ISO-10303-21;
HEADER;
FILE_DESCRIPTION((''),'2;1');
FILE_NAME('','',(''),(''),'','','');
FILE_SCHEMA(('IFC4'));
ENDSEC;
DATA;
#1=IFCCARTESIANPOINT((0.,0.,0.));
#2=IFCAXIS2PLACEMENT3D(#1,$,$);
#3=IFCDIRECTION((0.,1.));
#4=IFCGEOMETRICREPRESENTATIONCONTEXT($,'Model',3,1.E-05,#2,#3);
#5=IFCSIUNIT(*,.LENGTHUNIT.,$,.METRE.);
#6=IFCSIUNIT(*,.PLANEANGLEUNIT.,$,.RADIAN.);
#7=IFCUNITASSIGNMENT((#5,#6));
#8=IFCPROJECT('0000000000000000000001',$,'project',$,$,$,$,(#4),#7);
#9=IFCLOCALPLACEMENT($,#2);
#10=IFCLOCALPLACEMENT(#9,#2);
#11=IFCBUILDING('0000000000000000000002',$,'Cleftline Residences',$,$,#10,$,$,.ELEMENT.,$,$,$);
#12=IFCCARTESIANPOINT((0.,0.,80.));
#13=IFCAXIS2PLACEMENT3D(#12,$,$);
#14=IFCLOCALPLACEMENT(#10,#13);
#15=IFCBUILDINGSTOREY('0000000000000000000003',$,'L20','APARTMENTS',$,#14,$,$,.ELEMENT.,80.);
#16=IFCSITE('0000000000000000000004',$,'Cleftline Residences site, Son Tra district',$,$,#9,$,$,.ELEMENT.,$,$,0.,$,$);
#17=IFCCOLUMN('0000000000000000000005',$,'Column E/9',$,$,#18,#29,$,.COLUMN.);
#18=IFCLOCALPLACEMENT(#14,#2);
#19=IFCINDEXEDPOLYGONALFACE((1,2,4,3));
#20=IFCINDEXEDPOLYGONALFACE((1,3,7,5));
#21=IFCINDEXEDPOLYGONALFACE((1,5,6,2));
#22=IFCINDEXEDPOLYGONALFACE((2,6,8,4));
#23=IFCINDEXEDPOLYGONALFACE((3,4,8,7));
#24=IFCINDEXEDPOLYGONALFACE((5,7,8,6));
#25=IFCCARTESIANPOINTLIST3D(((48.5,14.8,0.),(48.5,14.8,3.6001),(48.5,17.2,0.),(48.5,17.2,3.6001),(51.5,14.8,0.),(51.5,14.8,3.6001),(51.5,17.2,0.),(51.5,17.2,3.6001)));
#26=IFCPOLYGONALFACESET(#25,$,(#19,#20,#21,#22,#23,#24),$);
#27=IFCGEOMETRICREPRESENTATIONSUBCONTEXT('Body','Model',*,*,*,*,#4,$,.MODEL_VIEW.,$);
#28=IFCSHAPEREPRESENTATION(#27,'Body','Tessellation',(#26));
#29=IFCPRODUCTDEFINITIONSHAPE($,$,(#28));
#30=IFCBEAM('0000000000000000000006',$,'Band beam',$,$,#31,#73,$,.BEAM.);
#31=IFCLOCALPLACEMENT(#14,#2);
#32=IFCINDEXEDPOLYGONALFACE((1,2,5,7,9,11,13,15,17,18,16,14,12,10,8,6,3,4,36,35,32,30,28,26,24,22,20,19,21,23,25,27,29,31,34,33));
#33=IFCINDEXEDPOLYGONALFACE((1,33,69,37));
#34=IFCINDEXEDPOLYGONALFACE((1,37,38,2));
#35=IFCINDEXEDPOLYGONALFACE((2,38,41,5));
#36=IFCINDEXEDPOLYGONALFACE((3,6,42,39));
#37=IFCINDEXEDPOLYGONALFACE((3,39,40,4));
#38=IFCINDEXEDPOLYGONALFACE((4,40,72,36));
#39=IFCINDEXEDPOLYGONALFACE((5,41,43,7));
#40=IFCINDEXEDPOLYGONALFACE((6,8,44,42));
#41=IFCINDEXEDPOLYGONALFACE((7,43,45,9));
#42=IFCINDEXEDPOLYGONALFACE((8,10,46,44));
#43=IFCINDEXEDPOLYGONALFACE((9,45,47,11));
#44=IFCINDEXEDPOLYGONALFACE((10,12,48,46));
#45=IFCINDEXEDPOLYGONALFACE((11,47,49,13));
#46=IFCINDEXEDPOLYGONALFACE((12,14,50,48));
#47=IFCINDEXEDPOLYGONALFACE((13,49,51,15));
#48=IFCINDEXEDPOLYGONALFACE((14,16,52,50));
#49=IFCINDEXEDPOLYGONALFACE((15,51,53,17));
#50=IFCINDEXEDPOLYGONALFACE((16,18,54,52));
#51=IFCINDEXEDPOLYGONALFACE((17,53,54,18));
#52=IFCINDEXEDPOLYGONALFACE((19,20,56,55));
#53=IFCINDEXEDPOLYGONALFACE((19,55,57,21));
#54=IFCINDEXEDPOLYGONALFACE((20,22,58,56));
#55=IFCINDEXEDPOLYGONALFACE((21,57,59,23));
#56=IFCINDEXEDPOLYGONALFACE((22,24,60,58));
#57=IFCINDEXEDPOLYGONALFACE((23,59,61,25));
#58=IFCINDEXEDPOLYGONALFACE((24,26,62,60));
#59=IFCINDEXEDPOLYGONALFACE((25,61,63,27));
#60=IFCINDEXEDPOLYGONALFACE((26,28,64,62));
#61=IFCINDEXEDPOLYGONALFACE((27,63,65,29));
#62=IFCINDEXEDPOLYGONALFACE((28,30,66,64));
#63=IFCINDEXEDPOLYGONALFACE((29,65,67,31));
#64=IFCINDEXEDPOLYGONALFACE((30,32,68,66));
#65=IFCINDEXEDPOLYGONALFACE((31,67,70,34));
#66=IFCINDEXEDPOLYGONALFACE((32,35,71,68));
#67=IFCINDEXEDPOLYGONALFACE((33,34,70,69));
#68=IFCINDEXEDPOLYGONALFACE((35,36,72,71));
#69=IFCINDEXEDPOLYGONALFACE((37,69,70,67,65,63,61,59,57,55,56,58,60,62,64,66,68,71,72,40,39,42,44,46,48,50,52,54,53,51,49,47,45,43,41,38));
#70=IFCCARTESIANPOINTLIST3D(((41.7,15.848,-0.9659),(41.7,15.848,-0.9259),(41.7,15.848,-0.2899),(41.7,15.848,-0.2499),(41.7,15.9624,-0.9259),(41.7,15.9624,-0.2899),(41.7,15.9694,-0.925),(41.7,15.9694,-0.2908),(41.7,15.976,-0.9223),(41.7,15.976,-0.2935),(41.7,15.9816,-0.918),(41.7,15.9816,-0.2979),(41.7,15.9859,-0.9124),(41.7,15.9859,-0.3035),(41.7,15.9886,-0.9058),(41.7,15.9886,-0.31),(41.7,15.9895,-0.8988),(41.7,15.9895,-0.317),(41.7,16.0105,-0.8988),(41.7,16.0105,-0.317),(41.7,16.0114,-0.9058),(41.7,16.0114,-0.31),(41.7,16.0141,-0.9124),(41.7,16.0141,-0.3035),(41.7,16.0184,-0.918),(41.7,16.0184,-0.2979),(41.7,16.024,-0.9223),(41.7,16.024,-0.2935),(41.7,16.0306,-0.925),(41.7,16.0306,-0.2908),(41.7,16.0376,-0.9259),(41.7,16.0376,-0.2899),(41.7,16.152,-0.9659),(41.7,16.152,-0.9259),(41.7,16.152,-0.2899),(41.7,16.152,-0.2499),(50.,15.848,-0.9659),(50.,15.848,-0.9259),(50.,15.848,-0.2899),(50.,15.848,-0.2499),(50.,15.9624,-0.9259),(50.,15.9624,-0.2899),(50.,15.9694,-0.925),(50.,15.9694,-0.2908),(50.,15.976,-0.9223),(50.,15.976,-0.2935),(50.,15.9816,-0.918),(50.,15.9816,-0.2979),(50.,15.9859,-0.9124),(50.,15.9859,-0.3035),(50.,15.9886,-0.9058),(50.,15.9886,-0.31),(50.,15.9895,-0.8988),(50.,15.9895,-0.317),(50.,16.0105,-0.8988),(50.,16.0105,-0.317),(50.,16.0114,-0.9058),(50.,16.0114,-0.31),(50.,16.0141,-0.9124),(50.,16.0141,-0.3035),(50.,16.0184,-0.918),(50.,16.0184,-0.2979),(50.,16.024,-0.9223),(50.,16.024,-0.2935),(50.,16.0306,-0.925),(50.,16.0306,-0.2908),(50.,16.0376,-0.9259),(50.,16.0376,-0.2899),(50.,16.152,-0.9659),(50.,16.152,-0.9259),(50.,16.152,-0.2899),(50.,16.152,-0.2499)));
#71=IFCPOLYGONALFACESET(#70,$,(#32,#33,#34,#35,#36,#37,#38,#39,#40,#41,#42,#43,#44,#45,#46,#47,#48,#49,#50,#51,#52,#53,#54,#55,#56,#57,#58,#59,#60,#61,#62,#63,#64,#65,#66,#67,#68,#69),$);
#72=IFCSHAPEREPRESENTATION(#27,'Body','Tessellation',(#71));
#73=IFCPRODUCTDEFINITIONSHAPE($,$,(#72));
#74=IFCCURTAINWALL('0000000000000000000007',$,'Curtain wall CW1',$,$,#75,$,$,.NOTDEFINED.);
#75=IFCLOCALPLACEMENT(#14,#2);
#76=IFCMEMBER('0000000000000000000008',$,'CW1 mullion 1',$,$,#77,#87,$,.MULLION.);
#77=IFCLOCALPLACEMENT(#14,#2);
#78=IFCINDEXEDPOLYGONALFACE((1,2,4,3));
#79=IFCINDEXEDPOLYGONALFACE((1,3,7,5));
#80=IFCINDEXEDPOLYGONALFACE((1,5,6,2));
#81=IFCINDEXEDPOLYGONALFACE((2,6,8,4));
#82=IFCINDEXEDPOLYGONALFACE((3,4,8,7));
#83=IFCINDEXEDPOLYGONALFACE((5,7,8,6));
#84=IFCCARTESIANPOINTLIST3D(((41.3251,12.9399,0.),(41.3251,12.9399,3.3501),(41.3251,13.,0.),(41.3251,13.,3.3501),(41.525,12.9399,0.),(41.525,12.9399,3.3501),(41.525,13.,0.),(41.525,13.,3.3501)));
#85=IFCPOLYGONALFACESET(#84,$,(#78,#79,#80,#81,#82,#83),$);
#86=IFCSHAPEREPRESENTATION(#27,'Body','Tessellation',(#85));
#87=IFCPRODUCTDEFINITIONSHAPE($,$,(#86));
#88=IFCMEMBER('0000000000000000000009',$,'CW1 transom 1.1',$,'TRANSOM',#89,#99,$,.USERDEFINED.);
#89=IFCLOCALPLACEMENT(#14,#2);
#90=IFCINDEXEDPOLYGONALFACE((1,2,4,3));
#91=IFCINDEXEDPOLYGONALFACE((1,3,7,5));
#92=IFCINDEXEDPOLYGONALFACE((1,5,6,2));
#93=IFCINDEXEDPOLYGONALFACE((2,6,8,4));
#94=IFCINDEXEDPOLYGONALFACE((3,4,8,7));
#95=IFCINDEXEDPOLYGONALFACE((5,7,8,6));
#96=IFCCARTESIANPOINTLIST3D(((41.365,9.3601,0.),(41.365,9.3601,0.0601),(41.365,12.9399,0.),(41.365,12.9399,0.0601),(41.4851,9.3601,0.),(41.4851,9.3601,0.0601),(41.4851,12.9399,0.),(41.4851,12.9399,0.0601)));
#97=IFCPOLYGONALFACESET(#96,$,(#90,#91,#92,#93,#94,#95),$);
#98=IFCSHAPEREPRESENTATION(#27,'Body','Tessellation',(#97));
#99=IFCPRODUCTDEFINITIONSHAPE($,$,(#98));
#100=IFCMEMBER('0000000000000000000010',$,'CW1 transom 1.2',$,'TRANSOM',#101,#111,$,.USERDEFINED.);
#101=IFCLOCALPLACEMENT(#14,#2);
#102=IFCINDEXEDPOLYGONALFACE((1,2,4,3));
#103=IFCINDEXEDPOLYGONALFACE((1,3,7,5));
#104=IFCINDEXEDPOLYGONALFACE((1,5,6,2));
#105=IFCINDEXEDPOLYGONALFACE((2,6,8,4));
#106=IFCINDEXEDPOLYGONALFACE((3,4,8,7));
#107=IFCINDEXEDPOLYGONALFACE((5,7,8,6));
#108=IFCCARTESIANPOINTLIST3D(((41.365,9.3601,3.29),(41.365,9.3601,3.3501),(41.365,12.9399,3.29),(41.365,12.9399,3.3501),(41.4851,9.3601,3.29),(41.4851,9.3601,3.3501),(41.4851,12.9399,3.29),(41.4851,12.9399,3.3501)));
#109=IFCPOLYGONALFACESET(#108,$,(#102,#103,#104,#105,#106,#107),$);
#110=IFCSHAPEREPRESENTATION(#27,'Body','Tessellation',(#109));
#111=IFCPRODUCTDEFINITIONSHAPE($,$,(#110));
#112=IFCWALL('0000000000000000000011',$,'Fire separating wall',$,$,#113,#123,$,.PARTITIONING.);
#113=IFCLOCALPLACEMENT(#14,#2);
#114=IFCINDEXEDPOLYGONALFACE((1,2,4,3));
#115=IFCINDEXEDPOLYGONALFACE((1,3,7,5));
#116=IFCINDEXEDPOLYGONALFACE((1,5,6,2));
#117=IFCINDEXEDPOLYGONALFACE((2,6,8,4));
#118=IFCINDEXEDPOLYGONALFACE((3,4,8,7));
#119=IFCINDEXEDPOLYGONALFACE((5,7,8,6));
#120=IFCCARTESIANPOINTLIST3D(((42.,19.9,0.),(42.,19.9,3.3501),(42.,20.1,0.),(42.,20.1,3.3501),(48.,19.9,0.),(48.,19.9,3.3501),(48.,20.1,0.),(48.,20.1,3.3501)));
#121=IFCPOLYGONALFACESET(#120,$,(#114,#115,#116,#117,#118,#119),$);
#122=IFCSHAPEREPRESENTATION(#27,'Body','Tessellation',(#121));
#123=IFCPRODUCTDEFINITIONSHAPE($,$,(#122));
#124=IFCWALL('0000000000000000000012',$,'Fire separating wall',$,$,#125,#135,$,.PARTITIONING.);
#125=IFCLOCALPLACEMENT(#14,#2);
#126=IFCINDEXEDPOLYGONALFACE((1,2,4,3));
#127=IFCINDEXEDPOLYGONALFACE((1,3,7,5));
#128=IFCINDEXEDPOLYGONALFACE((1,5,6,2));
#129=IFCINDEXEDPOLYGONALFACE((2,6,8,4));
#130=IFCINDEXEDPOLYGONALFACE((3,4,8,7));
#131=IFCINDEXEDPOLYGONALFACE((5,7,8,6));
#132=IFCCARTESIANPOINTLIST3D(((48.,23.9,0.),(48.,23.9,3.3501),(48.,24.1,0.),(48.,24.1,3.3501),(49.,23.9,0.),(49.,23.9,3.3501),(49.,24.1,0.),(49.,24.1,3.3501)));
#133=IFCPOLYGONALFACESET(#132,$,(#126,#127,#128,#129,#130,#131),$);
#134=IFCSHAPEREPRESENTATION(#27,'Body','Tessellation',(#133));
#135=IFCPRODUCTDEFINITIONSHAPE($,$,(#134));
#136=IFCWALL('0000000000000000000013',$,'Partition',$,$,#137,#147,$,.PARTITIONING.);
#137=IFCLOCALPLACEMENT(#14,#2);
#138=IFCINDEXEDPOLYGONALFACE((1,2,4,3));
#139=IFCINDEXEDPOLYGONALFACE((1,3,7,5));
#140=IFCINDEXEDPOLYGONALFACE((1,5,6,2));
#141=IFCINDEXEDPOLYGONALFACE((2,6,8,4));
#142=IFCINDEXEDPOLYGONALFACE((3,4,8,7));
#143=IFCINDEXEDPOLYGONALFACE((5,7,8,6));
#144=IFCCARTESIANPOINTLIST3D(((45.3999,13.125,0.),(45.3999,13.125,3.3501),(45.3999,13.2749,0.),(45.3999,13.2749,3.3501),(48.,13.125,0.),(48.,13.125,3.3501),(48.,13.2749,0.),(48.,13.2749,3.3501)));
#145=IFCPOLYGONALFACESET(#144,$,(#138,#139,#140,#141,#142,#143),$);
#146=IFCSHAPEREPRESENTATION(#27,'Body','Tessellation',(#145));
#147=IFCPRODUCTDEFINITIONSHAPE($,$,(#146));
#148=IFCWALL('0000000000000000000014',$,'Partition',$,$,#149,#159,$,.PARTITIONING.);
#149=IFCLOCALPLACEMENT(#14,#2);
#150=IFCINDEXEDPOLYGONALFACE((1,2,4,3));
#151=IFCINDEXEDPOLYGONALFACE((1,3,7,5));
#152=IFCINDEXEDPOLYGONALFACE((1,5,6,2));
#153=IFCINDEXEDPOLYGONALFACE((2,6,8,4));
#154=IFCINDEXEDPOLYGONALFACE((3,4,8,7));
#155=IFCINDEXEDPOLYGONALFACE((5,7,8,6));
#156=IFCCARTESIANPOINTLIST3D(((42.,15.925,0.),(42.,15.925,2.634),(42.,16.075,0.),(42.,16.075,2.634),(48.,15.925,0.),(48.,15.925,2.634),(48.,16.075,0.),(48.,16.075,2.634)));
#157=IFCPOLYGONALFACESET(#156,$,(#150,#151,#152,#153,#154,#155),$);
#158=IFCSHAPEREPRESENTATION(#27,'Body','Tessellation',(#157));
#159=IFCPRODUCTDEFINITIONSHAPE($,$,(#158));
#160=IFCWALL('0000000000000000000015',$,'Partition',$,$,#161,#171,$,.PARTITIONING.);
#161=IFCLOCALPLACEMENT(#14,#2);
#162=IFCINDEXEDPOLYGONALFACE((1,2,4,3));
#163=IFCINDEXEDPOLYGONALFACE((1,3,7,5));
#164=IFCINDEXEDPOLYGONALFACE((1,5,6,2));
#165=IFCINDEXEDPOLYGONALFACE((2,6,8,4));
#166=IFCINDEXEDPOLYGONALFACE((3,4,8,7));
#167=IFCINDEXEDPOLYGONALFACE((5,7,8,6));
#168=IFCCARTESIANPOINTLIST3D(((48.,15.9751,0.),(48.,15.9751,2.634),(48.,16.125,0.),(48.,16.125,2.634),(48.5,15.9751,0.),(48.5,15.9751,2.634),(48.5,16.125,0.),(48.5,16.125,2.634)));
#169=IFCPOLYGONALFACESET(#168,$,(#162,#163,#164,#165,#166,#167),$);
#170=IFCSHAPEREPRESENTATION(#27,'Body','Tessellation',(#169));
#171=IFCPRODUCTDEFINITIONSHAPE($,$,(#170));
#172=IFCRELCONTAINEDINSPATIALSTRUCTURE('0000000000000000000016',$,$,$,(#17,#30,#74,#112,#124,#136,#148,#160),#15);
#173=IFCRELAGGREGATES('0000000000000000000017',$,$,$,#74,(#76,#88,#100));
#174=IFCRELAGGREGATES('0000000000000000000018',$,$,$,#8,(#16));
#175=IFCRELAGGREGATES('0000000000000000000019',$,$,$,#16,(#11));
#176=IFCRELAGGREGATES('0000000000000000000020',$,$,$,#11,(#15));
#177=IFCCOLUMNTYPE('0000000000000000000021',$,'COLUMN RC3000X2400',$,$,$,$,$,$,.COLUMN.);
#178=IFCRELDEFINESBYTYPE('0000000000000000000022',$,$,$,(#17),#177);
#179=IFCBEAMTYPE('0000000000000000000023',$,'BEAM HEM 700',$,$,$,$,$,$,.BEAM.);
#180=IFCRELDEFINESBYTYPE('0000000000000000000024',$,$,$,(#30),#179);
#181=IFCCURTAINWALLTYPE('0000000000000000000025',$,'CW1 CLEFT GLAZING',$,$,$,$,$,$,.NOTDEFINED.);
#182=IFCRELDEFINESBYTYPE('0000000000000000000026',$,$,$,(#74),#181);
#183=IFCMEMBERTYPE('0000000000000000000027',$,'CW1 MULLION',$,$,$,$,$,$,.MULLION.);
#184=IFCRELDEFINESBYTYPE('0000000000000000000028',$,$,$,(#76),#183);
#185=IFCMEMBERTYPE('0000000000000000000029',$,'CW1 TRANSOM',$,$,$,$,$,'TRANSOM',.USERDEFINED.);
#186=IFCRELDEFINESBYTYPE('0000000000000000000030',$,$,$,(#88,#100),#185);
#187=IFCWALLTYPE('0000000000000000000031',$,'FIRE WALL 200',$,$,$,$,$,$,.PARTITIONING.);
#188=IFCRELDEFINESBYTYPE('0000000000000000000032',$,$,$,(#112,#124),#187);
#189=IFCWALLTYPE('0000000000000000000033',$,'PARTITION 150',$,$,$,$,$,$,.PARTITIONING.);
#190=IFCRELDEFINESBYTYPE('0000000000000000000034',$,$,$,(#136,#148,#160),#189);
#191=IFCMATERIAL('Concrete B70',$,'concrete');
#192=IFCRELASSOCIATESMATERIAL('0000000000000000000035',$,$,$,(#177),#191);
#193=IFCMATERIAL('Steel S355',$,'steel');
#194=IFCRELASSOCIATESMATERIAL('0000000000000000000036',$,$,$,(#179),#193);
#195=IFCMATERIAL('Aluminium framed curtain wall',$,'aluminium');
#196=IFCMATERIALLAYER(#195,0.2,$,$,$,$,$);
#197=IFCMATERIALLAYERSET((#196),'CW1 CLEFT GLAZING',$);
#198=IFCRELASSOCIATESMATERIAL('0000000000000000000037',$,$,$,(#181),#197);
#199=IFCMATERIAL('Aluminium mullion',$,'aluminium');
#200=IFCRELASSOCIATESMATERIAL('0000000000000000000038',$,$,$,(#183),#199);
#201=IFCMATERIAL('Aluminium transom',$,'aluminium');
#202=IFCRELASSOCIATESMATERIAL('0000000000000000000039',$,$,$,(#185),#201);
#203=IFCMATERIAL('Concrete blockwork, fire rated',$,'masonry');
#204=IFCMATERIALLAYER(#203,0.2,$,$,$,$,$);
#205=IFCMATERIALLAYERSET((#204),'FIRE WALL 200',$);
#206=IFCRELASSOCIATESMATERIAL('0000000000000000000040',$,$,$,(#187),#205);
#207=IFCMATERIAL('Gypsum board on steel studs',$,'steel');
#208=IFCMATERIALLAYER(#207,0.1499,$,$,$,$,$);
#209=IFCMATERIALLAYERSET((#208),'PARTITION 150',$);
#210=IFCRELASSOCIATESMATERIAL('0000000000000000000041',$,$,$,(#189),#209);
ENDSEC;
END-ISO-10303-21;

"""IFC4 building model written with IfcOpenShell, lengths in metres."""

from ifc_helpers import new_model, si_unit, direction, frame, frame_2d, origin, origin_2d, place, context, subcontext, project, spatial, rectangle, i_section, extrude, material, layer, layer_set, material_profile, profile_set, type_object, element, aggregate, save


model = new_model("IFC4")

# Units and contexts
model_context = context("Model", 3, precision=1e-05, world=origin(), true_north=direction((0.0, 1.0)))
body_context = subcontext(model_context, "Body", "Model", "MODEL_VIEW")
ifc_project = project(units=[si_unit("LENGTHUNIT", "METRE"), si_unit("PLANEANGLEUNIT", "RADIAN")], contexts=[model_context])

# Site, building, storey
site_placement = place(None, origin())
site = spatial("IfcSite", under=ifc_project, at=site_placement, Name="Cleftline Residences site, Son Tra district", CompositionType="ELEMENT", RefElevation=0.0)
building_placement = place(site_placement, origin())
building = spatial("IfcBuilding", under=site, at=building_placement, Name="Cleftline Residences", CompositionType="ELEMENT")
storey_placement = place(building_placement, frame((0.0, 0.0, 80.0)))
storey = spatial("IfcBuildingStorey", under=building, at=storey_placement, Name="L20", Description="APARTMENTS", CompositionType="ELEMENT", Elevation=80.0)

# Column
ifc_material_1 = material(Name="Concrete B70", Category="concrete")
ifc_material_profile_1 = material_profile(ifc_material_1, rectangle(XDim=3.0, YDim=2.3999, at=origin_2d()))
ifc_profile_set_1 = profile_set([ifc_material_profile_1], Name="Concrete B70")
column_type = type_object("IfcColumnType", Name="COLUMN RC3000X2400", PredefinedType="COLUMN", material=ifc_profile_set_1)
column_placement = place(storey_placement, frame((50.0, 16.0, 0.0), z_axis=(0.0, 0.0, 1.0), x_axis=(1.0, 0.0, 0.0)))
element("IfcColumn", 1, at=column_placement, inside=storey, type_object=column_type, Name="Column E/9", PredefinedType="COLUMN", context=body_context, shape_type="SweptSolid", body=[
    extrude(rectangle(XDim=3.0, YDim=2.3999, at=origin_2d()), origin(), (0.0, 0.0, 1.0), 3.6001),
])

# Beam
ifc_material_2 = material(Name="Steel S355", Category="steel")
ifc_material_profile_2 = material_profile(ifc_material_2, i_section(OverallWidth=0.304, OverallDepth=0.7161, WebThickness=0.021, FlangeThickness=0.04, FilletRadius=0.0271, at=origin_2d()))
ifc_profile_set_2 = profile_set([ifc_material_profile_2], Name="Steel S355")
beam_type = type_object("IfcBeamType", Name="BEAM HEM 700", PredefinedType="BEAM", material=ifc_profile_set_2)
beam_placement = place(storey_placement, frame((50.0, 16.0, -0.6079), z_axis=(-1.0, 0.0, 0.0), x_axis=(0.0, -1.0, 0.0)))
element("IfcBeam", 2, at=beam_placement, inside=storey, type_object=beam_type, Name="Band beam", PredefinedType="BEAM", context=body_context, shape_type="SweptSolid", body=[
    extrude(i_section(OverallWidth=0.304, OverallDepth=0.7161, WebThickness=0.021, FlangeThickness=0.04, FilletRadius=0.0271, at=origin_2d()), origin(), (0.0, 0.0, 1.0), 8.3),
])

# Curtain wall, members
ifc_material_3 = material(Name="Aluminium framed curtain wall", Category="aluminium")
ifc_layer_1 = layer(ifc_material_3, 0.2)
ifc_layer_set_1 = layer_set([ifc_layer_1], Name="CW1 CLEFT GLAZING")
curtain_wall_type = type_object("IfcCurtainWallType", Name="CW1 CLEFT GLAZING", PredefinedType="NOTDEFINED", material=ifc_layer_set_1)
curtain_wall_placement = place(storey_placement, origin())
curtain_wall = element("IfcCurtainWall", 3, at=curtain_wall_placement, inside=storey, type_object=curtain_wall_type, Name="Curtain wall CW1", PredefinedType="NOTDEFINED")
ifc_material_4 = material(Name="Aluminium mullion", Category="aluminium")
ifc_material_profile_3 = material_profile(ifc_material_4, rectangle(XDim=0.2, YDim=0.0601, at=origin_2d()))
ifc_profile_set_3 = profile_set([ifc_material_profile_3], Name="Aluminium mullion")
member_type_1 = type_object("IfcMemberType", Name="CW1 MULLION", PredefinedType="MULLION", material=ifc_profile_set_3)
member_1_placement = place(storey_placement, frame((41.425, 12.97, 0.0), z_axis=(0.0, 0.0, 1.0), x_axis=(1.0, 0.0, 0.0)))
member_1 = element("IfcMember", 4, at=member_1_placement, type_object=member_type_1, Name="CW1 mullion 1", PredefinedType="MULLION", context=body_context, shape_type="SweptSolid", body=[
    extrude(rectangle(XDim=0.2, YDim=0.0601, at=origin_2d()), origin(), (0.0, 0.0, 1.0), 3.3501),
])
ifc_material_5 = material(Name="Aluminium transom", Category="aluminium")
ifc_material_profile_4 = material_profile(ifc_material_5, rectangle(XDim=0.1201, YDim=0.0601, at=origin_2d()))
ifc_profile_set_4 = profile_set([ifc_material_profile_4], Name="Aluminium transom")
member_type_2 = type_object("IfcMemberType", Name="CW1 TRANSOM", ElementType="TRANSOM", PredefinedType="USERDEFINED", material=ifc_profile_set_4)
member_2_placement = place(storey_placement, frame((41.425, 12.9399, 0.03), z_axis=(0.0, -1.0, 0.0), x_axis=(1.0, 0.0, 0.0)))
member_2 = element("IfcMember", 5, at=member_2_placement, type_object=member_type_2, Name="CW1 transom 1.1", ObjectType="TRANSOM", PredefinedType="USERDEFINED", context=body_context, shape_type="SweptSolid", body=[
    extrude(rectangle(XDim=0.1201, YDim=0.0601, at=origin_2d()), origin(), (0.0, 0.0, 1.0), 3.5798),
])
member_3_placement = place(storey_placement, frame((41.425, 12.9399, 3.3201), z_axis=(0.0, -1.0, 0.0), x_axis=(1.0, 0.0, 0.0)))
member_3 = element("IfcMember", 6, at=member_3_placement, type_object=member_type_2, Name="CW1 transom 1.2", ObjectType="TRANSOM", PredefinedType="USERDEFINED", context=body_context, shape_type="SweptSolid", body=[
    extrude(rectangle(XDim=0.1201, YDim=0.0601, at=origin_2d()), origin(), (0.0, 0.0, 1.0), 3.5798),
])
aggregate(curtain_wall, [member_1, member_2, member_3])

# Walls
ifc_material_6 = material(Name="Concrete blockwork, fire rated", Category="masonry")
ifc_layer_2 = layer(ifc_material_6, 0.2)
ifc_layer_set_2 = layer_set([ifc_layer_2], Name="FIRE WALL 200")
wall_type_1 = type_object("IfcWallType", Name="FIRE WALL 200", PredefinedType="PARTITIONING", material=ifc_layer_set_2)
wall_1_placement = place(storey_placement, frame((42.0, 20.0, 0.0), z_axis=(0.0, 0.0, 1.0), x_axis=(1.0, 0.0, 0.0)))
element("IfcWall", 7, at=wall_1_placement, inside=storey, type_object=wall_type_1, Name="Fire separating wall", PredefinedType="PARTITIONING", context=body_context, shape_type="SweptSolid", body=[
    extrude(rectangle(XDim=6.0, YDim=0.2, at=frame_2d((3.0, 0.0))), origin(), (0.0, 0.0, 1.0), 3.3501),
])
wall_2_placement = place(storey_placement, frame((48.0, 24.0, 0.0), z_axis=(0.0, 0.0, 1.0), x_axis=(1.0, 0.0, 0.0)))
element("IfcWall", 8, at=wall_2_placement, inside=storey, type_object=wall_type_1, Name="Fire separating wall", PredefinedType="PARTITIONING", context=body_context, shape_type="SweptSolid", body=[
    extrude(rectangle(XDim=1.0, YDim=0.2, at=frame_2d((0.5, 0.0))), origin(), (0.0, 0.0, 1.0), 3.3501),
])

# Walls
ifc_material_7 = material(Name="Gypsum board on steel studs", Category="steel")
ifc_layer_3 = layer(ifc_material_7, 0.1499)
ifc_layer_set_3 = layer_set([ifc_layer_3], Name="PARTITION 150")
wall_type_2 = type_object("IfcWallType", Name="PARTITION 150", PredefinedType="PARTITIONING", material=ifc_layer_set_3)
wall_3_placement = place(storey_placement, frame((45.3999, 13.2, 0.0), z_axis=(0.0, 0.0, 1.0), x_axis=(1.0, 0.0, 0.0)))
element("IfcWall", 9, at=wall_3_placement, inside=storey, type_object=wall_type_2, Name="Partition", PredefinedType="PARTITIONING", context=body_context, shape_type="SweptSolid", body=[
    extrude(rectangle(XDim=2.6001, YDim=0.1499, at=frame_2d((1.3, 0.0))), origin(), (0.0, 0.0, 1.0), 3.3501),
])
wall_4_placement = place(storey_placement, frame((42.0, 16.0, 0.0), z_axis=(0.0, 0.0, 1.0), x_axis=(1.0, 0.0, 0.0)))
element("IfcWall", 10, at=wall_4_placement, inside=storey, type_object=wall_type_2, Name="Partition", PredefinedType="PARTITIONING", context=body_context, shape_type="SweptSolid", body=[
    extrude(rectangle(XDim=6.0, YDim=0.1499, at=frame_2d((3.0, 0.0))), origin(), (0.0, 0.0, 1.0), 2.634),
])
wall_5_placement = place(storey_placement, frame((48.0, 16.05, 0.0), z_axis=(0.0, 0.0, 1.0), x_axis=(1.0, 0.0, 0.0)))
element("IfcWall", 11, at=wall_5_placement, inside=storey, type_object=wall_type_2, Name="Partition", PredefinedType="PARTITIONING", context=body_context, shape_type="SweptSolid", body=[
    extrude(rectangle(XDim=0.5, YDim=0.1499, at=frame_2d((0.25, 0.0))), origin(), (0.0, 0.0, 1.0), 2.634),
])

save(model, "model.ifc")
